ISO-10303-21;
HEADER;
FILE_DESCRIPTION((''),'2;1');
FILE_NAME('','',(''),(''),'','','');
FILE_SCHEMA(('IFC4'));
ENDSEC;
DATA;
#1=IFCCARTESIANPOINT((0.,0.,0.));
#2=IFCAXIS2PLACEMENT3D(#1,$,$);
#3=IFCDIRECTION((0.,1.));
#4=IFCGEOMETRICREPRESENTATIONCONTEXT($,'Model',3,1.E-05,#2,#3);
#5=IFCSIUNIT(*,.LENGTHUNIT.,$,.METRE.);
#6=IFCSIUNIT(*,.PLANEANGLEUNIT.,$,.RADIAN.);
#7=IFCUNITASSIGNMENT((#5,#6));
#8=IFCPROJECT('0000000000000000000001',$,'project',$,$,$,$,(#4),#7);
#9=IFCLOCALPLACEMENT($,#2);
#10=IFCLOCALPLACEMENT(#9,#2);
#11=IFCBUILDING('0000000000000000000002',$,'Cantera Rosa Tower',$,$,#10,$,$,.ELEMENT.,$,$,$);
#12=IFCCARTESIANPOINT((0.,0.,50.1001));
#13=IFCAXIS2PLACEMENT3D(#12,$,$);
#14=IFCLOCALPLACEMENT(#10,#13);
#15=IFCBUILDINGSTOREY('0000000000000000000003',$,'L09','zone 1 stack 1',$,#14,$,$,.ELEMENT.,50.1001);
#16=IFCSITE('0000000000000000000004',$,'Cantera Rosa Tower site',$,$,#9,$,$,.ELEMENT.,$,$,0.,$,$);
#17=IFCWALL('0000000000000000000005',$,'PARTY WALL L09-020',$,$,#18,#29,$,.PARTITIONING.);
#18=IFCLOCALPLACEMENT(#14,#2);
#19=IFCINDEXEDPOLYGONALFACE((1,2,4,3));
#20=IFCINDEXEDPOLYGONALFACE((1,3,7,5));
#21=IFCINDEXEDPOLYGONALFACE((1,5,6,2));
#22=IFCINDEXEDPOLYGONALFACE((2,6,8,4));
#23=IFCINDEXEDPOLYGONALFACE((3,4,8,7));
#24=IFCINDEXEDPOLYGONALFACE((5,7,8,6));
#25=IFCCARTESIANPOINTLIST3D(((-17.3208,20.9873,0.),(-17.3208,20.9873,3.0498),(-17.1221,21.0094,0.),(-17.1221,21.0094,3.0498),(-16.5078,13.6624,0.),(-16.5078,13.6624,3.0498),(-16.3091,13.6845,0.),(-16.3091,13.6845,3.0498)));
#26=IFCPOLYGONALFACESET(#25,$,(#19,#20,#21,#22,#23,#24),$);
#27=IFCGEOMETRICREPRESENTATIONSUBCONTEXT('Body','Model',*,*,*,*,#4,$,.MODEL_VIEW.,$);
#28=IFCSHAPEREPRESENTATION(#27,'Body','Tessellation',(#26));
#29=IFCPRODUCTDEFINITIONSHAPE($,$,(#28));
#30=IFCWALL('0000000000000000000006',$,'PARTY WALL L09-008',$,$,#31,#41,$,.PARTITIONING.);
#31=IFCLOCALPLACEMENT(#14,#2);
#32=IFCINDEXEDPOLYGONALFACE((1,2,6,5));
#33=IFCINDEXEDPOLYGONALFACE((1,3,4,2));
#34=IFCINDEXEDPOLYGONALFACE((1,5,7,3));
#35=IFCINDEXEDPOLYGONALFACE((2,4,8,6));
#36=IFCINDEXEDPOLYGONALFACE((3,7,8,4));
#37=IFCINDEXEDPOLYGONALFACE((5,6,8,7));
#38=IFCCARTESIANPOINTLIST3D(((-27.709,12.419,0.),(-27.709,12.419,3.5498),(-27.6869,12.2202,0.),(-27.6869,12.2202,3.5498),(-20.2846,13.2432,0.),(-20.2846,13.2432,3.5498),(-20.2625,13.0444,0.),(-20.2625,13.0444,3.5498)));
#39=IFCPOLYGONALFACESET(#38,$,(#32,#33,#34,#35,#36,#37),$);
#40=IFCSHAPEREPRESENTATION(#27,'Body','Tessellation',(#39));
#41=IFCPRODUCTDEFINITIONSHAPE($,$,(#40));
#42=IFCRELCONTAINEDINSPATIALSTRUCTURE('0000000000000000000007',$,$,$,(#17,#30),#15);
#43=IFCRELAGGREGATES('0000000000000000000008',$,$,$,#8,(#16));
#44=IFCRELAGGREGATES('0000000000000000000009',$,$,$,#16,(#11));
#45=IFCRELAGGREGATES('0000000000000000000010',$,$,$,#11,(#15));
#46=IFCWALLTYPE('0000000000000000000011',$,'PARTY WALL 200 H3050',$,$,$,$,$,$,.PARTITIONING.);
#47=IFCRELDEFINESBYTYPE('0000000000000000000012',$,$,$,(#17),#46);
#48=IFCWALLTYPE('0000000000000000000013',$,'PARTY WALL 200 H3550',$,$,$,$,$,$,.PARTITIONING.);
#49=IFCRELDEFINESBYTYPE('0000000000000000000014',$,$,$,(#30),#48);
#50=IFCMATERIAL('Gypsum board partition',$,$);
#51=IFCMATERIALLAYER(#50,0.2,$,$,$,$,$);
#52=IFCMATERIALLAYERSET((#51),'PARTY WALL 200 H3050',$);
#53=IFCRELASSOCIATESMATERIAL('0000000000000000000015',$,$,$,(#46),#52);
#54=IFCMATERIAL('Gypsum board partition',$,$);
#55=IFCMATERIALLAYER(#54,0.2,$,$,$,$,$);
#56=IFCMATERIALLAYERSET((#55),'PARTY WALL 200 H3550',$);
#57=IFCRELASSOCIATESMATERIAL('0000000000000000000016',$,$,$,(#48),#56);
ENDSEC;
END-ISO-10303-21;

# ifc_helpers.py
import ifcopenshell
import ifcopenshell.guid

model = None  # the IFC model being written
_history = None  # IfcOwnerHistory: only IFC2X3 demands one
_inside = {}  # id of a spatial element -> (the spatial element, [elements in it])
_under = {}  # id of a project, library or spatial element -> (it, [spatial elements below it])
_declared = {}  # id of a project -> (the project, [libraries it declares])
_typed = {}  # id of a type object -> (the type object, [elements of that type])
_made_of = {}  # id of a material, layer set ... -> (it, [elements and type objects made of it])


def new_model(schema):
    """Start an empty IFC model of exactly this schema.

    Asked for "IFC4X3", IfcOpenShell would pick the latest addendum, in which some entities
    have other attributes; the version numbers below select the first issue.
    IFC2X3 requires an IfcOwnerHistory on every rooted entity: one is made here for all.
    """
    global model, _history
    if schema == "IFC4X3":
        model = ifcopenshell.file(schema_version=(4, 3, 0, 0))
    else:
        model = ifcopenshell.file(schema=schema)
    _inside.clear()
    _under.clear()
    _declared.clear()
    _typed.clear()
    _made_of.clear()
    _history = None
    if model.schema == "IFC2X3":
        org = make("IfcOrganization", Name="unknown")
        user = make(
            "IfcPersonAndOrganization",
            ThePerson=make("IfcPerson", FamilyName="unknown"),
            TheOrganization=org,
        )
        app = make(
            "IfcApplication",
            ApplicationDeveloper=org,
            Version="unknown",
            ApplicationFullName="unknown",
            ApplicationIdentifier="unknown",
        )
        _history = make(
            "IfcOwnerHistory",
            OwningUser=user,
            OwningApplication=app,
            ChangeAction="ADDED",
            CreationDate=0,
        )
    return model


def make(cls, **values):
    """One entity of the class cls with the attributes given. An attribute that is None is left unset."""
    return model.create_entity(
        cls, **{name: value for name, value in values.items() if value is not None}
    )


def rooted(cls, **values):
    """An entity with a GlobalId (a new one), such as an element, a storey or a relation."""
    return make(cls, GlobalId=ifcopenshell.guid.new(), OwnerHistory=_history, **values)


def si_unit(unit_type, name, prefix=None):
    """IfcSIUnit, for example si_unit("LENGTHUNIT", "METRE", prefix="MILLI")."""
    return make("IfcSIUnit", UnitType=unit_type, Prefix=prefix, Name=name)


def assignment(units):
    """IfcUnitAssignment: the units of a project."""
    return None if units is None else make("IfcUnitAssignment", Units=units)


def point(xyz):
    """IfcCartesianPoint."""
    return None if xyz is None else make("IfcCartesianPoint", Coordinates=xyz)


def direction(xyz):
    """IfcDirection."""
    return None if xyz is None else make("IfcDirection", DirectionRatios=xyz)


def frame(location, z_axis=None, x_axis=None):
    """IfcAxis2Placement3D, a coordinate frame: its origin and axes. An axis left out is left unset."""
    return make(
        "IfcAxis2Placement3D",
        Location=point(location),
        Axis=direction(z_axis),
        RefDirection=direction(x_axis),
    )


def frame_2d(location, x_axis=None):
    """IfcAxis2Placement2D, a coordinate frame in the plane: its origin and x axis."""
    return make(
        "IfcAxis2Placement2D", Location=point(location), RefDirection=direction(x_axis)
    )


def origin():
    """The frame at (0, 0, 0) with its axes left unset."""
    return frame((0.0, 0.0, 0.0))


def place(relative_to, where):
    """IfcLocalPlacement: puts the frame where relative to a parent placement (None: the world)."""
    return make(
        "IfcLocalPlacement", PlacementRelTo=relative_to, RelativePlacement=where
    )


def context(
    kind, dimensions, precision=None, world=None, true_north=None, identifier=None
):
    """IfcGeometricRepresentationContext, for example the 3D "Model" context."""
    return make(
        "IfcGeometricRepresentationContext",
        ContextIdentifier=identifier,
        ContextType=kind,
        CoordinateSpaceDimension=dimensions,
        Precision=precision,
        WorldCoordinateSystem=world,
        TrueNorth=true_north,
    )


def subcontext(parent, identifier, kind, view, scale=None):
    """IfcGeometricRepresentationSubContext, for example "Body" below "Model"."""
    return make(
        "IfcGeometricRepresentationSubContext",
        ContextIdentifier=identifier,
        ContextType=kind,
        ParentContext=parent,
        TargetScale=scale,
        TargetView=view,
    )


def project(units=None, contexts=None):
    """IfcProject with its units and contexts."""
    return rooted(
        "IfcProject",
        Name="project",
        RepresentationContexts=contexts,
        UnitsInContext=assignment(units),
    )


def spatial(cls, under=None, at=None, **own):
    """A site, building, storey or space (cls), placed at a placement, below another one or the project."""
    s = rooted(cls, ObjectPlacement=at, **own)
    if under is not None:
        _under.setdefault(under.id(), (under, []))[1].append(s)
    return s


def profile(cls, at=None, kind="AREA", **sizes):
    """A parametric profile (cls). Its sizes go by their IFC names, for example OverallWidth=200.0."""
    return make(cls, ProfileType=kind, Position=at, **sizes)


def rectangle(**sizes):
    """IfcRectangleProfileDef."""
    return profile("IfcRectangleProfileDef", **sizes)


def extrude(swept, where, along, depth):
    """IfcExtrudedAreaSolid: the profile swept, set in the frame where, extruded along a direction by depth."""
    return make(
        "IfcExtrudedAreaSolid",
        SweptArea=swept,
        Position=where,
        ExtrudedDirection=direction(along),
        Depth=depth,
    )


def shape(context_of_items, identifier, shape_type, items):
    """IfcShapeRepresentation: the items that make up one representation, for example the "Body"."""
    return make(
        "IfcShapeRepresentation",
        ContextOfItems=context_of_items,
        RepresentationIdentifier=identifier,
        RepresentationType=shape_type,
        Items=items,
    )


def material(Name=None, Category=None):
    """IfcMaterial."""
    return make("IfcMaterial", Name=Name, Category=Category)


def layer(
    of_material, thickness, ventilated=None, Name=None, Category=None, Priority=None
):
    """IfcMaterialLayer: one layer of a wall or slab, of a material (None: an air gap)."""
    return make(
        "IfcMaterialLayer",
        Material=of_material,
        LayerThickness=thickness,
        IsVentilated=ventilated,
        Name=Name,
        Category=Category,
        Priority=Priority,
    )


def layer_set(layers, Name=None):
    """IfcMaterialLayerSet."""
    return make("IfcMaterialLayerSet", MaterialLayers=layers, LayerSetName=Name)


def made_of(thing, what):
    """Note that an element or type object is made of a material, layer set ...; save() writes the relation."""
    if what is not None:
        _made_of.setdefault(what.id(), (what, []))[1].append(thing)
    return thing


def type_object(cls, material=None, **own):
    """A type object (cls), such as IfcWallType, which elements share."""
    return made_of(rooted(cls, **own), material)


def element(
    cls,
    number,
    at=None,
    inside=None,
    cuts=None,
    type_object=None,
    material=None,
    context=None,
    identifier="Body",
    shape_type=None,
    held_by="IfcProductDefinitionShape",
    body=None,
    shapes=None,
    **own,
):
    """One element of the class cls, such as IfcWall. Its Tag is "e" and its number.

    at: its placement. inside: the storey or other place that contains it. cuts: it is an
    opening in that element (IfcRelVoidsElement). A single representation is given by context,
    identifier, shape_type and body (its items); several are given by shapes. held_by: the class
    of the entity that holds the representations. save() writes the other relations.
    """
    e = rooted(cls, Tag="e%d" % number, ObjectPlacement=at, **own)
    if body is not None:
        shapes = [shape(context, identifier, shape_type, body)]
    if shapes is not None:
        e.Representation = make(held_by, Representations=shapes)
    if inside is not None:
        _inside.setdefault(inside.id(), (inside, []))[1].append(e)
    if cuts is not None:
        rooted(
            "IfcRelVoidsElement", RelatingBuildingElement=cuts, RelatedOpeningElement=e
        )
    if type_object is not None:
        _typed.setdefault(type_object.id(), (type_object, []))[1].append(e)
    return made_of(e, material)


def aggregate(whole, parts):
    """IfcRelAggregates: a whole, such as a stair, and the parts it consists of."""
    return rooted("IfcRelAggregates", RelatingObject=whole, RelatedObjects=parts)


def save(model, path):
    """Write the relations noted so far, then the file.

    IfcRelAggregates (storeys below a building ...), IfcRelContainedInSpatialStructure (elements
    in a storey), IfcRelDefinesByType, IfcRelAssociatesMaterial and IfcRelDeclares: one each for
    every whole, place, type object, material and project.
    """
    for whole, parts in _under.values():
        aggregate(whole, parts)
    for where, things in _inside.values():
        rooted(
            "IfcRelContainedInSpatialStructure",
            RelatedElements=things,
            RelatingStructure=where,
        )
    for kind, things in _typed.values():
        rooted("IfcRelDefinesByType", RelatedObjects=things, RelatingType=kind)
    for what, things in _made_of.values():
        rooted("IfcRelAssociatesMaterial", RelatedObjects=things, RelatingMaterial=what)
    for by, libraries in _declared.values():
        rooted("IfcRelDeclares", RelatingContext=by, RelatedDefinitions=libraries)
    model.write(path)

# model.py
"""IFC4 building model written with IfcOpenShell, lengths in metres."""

from ifc_helpers import new_model, si_unit, direction, frame, frame_2d, origin, place, context, subcontext, project, spatial, rectangle, extrude, material, layer, layer_set, type_object, element, save


model = new_model("IFC4")

# Units and contexts
model_context = context("Model", 3, precision=1e-05, world=origin(), true_north=direction((0.0, 1.0)))
body_context = subcontext(model_context, "Body", "Model", "MODEL_VIEW")
ifc_project = project(units=[si_unit("LENGTHUNIT", "METRE"), si_unit("PLANEANGLEUNIT", "RADIAN")], contexts=[model_context])

# Site, building, storey
site_placement = place(None, origin())
site = spatial("IfcSite", under=ifc_project, at=site_placement, Name="Cantera Rosa Tower site", CompositionType="ELEMENT", RefElevation=0.0)
building_placement = place(site_placement, origin())
building = spatial("IfcBuilding", under=site, at=building_placement, Name="Cantera Rosa Tower", CompositionType="ELEMENT")
storey_placement = place(building_placement, frame((0.0, 0.0, 50.1001)))
storey = spatial("IfcBuildingStorey", under=building, at=storey_placement, Name="L09", Description="zone 1 stack 1", CompositionType="ELEMENT", Elevation=50.1001)

# Walls
ifc_material_1 = material(Name="Gypsum board partition")
ifc_layer_1 = layer(ifc_material_1, 0.2)
ifc_layer_set_1 = layer_set([ifc_layer_1], Name="PARTY WALL 200 H3050")
wall_type_1 = type_object("IfcWallType", Name="PARTY WALL 200 H3050", PredefinedType="PARTITIONING", material=ifc_layer_set_1)
wall_1_placement = place(storey_placement, frame((-16.4084, 13.6733, 0.0), z_axis=(0.0, 0.0, 1.0), x_axis=(-0.110312, 0.993897, 0.0)))
element("IfcWall", 1, at=wall_1_placement, inside=storey, type_object=wall_type_1, Name="PARTY WALL L09-020", PredefinedType="PARTITIONING", context=body_context, shape_type="SweptSolid", body=[
    extrude(rectangle(XDim=7.3699, YDim=0.2, at=frame_2d((3.6851, 0.0))), origin(), (0.0, 0.0, 1.0), 3.0498),
])
ifc_material_2 = material(Name="Gypsum board partition")
ifc_layer_2 = layer(ifc_material_2, 0.2)
ifc_layer_set_2 = layer_set([ifc_layer_2], Name="PARTY WALL 200 H3550")
wall_type_2 = type_object("IfcWallType", Name="PARTY WALL 200 H3550", PredefinedType="PARTITIONING", material=ifc_layer_set_2)
wall_2_placement = place(storey_placement, frame((-20.2737, 13.1438, 0.0), z_axis=(0.0, 0.0, 1.0), x_axis=(-0.993894, -0.110338, 0.0)))
element("IfcWall", 2, at=wall_2_placement, inside=storey, type_object=wall_type_2, Name="PARTY WALL L09-008", PredefinedType="PARTITIONING", context=body_context, shape_type="SweptSolid", body=[
    extrude(rectangle(XDim=7.47, YDim=0.2, at=frame_2d((3.7349, 0.0))), origin(), (0.0, 0.0, 1.0), 3.5498),
])

save(model, "model.ifc")
